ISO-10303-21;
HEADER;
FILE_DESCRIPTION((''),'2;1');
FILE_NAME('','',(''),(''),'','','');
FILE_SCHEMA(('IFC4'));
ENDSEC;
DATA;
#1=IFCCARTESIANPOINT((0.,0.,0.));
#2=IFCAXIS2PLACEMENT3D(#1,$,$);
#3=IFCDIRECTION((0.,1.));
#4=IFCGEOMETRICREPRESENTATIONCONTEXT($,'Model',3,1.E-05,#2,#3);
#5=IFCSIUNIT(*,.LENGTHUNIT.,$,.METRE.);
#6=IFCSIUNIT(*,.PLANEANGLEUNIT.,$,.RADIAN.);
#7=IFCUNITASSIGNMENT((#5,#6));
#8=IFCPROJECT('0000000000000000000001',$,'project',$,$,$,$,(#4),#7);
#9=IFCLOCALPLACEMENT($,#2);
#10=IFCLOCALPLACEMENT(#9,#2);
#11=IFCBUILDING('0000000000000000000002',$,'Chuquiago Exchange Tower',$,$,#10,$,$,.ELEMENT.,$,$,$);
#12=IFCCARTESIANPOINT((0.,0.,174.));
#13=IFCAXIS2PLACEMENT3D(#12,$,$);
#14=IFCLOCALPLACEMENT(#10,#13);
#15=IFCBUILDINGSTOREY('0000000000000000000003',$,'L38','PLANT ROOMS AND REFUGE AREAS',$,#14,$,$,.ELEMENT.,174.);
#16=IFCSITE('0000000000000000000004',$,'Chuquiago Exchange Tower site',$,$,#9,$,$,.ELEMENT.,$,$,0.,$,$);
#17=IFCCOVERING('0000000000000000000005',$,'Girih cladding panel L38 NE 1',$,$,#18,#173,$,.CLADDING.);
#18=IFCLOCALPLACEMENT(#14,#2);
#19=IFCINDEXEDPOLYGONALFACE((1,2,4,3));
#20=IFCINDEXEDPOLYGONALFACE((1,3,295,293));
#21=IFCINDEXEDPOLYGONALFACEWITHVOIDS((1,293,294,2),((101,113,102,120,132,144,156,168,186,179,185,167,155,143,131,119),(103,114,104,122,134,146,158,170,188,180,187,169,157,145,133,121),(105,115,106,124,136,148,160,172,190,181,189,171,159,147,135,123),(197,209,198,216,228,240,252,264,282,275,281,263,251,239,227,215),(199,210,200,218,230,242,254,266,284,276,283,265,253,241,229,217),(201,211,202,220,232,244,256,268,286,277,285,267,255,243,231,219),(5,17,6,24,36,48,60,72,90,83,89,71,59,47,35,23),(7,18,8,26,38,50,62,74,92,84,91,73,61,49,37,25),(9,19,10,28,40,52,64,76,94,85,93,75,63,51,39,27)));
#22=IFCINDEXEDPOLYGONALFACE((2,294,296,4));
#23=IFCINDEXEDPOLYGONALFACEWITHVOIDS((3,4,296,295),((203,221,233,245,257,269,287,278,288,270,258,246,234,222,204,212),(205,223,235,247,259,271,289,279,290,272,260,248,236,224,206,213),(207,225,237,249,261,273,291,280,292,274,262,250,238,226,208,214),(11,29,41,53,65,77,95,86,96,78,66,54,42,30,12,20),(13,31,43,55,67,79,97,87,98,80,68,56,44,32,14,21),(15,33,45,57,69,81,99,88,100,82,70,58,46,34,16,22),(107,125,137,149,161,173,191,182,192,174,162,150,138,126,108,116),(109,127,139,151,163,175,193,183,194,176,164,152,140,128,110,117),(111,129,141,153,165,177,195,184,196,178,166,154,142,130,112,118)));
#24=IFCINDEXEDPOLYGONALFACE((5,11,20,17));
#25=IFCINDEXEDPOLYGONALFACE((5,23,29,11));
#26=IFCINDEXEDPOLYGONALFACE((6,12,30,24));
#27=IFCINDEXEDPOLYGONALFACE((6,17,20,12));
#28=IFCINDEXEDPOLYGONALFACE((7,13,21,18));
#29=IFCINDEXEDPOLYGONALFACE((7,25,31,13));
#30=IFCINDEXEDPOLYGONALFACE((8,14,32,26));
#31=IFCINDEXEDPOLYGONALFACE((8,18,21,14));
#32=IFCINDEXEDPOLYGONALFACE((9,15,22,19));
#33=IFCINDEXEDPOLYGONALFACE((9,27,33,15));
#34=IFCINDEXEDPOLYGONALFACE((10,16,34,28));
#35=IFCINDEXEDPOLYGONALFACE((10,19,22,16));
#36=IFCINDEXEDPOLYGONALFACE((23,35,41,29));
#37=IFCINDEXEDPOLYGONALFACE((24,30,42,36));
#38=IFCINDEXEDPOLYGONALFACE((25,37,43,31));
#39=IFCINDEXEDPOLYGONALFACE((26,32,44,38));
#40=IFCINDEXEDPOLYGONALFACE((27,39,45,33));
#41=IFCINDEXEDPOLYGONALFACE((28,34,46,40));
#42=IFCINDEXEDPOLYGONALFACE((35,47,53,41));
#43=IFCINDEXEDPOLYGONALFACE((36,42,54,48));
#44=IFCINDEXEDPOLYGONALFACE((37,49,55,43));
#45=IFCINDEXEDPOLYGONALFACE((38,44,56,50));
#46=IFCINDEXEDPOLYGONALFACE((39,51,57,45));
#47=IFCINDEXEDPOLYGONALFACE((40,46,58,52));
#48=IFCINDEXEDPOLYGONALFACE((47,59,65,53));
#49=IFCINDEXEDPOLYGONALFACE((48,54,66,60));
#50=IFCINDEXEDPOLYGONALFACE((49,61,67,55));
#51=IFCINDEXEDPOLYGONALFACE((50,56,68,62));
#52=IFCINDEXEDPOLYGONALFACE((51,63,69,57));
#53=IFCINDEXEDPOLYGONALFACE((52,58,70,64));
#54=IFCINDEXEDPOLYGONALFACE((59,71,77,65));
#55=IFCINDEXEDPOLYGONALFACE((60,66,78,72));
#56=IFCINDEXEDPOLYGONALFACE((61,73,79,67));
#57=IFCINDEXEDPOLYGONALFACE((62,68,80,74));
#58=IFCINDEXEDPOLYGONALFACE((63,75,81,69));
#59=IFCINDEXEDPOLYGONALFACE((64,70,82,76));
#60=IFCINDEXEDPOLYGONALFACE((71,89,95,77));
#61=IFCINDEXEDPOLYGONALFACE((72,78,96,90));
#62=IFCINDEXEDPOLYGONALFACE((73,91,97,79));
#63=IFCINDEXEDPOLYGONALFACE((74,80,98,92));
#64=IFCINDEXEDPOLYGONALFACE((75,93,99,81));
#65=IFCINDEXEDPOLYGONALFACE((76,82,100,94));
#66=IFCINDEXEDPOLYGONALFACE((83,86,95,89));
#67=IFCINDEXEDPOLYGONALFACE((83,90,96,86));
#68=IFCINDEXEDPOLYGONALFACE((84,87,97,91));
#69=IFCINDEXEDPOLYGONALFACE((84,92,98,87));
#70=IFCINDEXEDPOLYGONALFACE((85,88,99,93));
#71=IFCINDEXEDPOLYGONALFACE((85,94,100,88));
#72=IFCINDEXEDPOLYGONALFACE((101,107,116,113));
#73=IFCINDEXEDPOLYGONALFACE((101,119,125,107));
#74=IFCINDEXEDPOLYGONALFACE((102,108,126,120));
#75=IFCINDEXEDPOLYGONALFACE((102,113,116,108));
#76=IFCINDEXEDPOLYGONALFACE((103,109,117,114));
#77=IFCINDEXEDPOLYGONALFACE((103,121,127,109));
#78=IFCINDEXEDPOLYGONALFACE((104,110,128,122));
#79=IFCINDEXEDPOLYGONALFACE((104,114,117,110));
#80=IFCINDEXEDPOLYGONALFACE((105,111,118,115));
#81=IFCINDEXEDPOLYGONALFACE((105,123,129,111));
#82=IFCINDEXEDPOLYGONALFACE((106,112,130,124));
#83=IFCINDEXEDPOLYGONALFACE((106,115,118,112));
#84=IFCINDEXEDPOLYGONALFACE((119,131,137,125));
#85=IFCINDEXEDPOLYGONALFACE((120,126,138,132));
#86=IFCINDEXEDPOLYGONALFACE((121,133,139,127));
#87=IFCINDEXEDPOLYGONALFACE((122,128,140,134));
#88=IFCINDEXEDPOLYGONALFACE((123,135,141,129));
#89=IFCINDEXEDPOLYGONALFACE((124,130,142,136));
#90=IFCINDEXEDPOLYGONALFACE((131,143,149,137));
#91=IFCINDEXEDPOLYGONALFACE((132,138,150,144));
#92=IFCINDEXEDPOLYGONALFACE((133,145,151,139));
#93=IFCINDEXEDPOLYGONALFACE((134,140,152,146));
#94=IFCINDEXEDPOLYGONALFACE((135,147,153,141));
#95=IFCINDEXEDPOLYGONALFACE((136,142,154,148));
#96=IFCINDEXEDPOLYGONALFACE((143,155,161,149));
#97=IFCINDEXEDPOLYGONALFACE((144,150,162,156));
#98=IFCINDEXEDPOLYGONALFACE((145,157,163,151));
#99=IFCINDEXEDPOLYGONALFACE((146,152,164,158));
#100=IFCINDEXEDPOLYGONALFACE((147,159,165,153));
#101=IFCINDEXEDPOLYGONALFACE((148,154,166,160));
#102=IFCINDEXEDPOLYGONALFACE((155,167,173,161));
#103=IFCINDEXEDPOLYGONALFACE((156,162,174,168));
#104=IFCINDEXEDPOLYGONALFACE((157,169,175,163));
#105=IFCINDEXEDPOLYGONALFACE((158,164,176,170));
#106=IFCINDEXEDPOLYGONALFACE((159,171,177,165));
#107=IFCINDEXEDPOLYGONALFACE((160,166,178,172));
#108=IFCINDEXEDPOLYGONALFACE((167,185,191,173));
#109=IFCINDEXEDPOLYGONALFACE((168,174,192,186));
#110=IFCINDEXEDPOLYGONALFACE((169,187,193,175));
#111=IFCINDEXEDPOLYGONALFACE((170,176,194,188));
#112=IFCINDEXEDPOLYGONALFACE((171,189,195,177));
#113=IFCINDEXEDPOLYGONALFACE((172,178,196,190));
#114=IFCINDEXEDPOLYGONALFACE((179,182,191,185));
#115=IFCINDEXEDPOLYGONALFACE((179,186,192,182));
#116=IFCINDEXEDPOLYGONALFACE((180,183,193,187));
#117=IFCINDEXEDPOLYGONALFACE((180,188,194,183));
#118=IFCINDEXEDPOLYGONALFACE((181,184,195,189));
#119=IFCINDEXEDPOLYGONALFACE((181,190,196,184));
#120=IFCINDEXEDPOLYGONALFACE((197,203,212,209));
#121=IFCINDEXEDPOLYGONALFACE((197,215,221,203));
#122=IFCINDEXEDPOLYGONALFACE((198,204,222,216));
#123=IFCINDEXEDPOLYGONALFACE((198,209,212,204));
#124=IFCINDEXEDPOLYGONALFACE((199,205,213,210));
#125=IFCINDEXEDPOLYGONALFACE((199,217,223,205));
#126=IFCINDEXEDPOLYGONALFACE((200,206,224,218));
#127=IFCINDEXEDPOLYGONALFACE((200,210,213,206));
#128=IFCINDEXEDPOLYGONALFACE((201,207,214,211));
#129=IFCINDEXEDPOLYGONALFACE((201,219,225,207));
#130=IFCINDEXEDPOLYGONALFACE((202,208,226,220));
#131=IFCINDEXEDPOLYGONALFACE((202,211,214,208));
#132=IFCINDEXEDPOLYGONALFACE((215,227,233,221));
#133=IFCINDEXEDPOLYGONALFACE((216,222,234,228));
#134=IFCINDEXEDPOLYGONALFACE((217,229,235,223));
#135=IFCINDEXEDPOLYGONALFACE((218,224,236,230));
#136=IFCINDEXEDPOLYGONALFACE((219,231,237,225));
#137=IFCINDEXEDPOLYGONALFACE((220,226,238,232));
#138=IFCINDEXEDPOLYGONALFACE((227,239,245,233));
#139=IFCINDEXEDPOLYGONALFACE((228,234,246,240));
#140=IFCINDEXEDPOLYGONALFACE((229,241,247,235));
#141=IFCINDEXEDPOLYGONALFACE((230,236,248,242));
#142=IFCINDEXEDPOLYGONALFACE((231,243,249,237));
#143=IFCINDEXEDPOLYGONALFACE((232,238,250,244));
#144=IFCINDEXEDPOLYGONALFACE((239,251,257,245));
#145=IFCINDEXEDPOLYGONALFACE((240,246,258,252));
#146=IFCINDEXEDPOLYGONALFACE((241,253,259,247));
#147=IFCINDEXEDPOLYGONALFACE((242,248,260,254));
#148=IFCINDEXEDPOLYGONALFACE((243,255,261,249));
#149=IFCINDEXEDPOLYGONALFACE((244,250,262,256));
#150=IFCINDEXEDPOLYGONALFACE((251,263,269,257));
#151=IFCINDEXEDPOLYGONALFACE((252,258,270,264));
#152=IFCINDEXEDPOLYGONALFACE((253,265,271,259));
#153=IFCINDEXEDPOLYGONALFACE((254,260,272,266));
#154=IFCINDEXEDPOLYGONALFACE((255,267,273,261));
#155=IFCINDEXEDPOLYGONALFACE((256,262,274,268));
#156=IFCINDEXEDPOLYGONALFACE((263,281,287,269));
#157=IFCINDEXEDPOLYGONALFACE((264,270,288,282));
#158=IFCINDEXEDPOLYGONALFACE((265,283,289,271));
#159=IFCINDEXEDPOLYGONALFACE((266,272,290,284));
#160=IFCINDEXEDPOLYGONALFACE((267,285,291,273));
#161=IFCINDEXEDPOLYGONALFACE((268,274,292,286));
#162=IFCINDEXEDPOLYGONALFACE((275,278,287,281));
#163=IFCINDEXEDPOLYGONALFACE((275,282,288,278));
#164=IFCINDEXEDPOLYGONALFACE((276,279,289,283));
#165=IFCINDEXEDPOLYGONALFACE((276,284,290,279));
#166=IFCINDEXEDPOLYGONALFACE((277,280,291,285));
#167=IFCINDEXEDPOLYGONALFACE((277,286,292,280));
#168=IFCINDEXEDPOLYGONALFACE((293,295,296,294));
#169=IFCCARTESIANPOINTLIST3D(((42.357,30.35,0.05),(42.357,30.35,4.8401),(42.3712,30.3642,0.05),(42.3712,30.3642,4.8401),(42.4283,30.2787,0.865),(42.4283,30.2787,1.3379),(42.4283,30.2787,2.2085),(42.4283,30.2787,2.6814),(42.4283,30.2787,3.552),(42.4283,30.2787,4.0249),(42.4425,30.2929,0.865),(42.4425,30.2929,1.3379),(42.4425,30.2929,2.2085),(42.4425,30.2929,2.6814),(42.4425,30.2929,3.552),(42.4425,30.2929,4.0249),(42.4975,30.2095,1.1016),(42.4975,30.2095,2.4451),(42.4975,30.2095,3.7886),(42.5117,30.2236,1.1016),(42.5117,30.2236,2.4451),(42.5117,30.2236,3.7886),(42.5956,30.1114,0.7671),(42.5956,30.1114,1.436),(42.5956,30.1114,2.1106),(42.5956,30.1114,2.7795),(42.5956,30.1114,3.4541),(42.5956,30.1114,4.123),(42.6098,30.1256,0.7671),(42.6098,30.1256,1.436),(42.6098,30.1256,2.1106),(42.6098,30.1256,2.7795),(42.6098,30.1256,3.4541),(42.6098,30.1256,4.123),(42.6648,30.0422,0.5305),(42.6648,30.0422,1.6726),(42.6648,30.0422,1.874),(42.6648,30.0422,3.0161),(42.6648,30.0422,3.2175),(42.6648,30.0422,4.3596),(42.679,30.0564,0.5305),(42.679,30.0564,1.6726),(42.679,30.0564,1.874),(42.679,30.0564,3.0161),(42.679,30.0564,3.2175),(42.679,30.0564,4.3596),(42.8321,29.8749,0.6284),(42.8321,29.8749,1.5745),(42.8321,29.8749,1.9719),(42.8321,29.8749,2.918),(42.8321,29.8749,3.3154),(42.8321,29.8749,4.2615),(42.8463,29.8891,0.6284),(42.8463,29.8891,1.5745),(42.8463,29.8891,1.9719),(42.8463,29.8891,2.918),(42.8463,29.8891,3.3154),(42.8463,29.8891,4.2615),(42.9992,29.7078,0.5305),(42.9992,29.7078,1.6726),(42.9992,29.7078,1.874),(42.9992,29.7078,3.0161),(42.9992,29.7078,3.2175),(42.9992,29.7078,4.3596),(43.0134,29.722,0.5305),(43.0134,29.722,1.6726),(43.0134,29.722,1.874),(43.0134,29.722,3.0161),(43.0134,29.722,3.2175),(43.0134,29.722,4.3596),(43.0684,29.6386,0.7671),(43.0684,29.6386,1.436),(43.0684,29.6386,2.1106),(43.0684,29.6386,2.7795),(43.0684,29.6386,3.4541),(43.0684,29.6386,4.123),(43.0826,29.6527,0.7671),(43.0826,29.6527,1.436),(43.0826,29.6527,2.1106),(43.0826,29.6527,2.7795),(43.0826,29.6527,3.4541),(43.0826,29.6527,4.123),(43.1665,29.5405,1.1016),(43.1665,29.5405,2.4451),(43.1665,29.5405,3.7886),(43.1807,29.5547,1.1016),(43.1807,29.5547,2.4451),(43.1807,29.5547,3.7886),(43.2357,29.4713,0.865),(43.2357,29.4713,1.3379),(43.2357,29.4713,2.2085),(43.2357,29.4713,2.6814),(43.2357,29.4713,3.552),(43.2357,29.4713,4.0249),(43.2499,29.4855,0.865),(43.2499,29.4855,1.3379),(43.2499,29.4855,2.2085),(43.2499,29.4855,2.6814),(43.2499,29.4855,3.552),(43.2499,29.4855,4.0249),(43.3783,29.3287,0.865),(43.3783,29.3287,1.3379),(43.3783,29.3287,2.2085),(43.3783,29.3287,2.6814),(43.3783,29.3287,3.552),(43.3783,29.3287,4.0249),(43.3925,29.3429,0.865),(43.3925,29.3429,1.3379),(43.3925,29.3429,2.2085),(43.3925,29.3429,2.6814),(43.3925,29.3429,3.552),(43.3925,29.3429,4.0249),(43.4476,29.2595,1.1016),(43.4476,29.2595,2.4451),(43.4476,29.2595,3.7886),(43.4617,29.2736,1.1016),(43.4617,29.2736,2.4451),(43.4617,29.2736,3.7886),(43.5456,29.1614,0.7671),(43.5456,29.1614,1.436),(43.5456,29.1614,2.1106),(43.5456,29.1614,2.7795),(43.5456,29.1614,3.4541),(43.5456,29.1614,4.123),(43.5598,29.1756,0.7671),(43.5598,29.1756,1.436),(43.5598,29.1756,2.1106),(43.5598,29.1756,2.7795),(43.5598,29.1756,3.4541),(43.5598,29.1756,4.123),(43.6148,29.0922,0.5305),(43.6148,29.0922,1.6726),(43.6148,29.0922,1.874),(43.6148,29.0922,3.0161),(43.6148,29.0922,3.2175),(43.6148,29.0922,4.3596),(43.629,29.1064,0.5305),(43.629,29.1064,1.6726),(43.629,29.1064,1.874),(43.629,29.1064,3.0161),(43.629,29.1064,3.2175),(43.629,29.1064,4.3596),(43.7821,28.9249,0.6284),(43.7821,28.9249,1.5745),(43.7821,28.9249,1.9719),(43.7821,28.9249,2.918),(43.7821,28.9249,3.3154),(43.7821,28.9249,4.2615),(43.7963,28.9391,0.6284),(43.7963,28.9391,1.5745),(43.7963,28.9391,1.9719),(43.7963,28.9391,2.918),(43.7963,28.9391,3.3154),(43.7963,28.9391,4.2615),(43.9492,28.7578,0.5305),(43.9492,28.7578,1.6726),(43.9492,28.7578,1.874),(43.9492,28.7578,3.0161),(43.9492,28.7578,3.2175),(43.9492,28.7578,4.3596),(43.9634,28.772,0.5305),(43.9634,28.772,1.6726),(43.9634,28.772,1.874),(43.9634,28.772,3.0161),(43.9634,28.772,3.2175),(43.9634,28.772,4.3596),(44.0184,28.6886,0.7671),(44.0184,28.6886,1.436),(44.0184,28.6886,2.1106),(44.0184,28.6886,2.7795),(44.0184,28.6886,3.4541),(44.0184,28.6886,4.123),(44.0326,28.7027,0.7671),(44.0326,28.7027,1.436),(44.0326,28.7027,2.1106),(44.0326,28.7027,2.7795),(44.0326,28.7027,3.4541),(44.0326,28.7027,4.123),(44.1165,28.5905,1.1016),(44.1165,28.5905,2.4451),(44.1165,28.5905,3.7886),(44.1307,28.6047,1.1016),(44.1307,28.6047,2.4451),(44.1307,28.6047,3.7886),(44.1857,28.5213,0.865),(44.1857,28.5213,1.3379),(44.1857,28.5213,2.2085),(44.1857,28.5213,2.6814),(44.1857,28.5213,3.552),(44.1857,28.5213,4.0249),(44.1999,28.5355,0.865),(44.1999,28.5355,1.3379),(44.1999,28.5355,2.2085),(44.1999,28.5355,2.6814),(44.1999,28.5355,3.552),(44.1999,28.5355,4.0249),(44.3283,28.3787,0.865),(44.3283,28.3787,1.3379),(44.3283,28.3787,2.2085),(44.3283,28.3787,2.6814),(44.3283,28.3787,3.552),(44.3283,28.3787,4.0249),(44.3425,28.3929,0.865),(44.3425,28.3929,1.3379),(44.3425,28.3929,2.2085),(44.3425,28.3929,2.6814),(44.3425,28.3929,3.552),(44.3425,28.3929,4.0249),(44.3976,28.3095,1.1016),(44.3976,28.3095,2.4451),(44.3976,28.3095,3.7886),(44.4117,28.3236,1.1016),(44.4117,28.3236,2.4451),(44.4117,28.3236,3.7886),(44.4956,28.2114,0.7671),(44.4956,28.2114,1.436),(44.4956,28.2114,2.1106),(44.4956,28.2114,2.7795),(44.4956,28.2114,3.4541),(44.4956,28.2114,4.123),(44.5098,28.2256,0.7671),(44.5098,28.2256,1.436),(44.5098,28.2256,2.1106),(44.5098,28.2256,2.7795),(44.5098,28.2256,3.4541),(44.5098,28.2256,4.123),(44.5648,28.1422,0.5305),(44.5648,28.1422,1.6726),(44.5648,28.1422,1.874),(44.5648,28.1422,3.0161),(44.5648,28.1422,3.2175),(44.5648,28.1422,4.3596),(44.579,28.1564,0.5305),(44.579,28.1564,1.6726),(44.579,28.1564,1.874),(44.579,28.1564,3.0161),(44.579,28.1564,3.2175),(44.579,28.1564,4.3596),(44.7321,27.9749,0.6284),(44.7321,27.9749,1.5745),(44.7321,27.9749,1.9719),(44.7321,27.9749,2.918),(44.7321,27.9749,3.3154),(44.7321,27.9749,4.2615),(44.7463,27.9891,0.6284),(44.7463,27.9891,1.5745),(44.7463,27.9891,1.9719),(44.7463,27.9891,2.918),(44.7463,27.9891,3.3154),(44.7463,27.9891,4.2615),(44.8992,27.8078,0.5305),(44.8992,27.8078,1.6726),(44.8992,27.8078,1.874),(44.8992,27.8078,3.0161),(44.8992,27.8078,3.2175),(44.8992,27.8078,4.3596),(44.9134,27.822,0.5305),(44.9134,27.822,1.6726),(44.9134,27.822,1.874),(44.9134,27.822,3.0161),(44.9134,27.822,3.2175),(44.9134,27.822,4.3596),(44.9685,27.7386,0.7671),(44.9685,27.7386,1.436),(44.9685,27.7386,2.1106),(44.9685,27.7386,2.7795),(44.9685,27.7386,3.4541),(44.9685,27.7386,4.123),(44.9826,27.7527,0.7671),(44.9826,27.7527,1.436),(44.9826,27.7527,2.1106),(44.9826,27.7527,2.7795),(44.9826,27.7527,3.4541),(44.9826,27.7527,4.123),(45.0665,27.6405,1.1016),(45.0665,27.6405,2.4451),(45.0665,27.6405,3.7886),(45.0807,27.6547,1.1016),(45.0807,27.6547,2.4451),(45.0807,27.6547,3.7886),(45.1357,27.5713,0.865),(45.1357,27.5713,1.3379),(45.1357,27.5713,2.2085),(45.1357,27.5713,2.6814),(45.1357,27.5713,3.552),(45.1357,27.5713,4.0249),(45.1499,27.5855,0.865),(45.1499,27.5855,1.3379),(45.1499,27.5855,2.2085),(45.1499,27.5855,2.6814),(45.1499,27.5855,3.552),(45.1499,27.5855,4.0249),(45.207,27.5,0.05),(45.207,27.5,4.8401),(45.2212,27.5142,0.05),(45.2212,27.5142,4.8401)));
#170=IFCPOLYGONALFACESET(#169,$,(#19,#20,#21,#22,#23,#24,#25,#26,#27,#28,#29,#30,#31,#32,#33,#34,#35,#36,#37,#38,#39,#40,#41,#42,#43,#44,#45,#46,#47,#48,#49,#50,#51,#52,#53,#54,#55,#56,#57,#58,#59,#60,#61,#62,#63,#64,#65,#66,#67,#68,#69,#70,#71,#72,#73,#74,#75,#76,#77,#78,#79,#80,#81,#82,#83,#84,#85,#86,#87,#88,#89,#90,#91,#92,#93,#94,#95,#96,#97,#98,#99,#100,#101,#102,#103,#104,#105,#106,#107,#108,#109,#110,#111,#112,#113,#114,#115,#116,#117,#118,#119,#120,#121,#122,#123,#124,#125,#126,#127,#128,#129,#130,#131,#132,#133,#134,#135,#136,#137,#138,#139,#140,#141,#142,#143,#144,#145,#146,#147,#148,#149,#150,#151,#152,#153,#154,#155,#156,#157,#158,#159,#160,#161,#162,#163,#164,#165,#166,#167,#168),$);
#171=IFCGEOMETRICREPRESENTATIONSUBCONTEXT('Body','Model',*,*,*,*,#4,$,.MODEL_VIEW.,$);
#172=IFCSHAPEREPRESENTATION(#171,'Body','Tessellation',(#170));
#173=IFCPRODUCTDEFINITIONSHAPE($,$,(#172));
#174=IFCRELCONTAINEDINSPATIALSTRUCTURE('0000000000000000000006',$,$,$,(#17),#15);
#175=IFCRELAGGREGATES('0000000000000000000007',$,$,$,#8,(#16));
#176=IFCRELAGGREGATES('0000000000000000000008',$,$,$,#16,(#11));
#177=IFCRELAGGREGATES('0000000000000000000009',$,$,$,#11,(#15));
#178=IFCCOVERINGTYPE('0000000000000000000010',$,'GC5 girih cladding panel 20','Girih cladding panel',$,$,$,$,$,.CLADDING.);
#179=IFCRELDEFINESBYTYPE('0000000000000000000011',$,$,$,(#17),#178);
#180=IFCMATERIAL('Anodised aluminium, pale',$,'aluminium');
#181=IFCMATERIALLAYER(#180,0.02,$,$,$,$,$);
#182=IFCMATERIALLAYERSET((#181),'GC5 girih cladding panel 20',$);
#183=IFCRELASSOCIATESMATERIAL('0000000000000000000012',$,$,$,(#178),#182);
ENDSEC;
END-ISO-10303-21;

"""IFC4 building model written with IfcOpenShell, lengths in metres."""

from ifc_helpers import new_model, si_unit, direction, frame, origin, place, context, subcontext, project, spatial, polyline, outline, extrude, material, layer, layer_set, type_object, element, save


model = new_model("IFC4")

# Units and contexts
model_context = context("Model", 3, precision=1e-05, world=origin(), true_north=direction((0.0, 1.0)))
body_context = subcontext(model_context, "Body", "Model", "MODEL_VIEW")
ifc_project = project(units=[si_unit("LENGTHUNIT", "METRE"), si_unit("PLANEANGLEUNIT", "RADIAN")], contexts=[model_context])

# Site, building, storey
site_placement = place(None, origin())
site = spatial("IfcSite", under=ifc_project, at=site_placement, Name="Chuquiago Exchange Tower site", CompositionType="ELEMENT", RefElevation=0.0)
building_placement = place(site_placement, origin())
building = spatial("IfcBuilding", under=site, at=building_placement, Name="Chuquiago Exchange Tower", CompositionType="ELEMENT")
storey_placement = place(building_placement, frame((0.0, 0.0, 174.0)))
storey = spatial("IfcBuildingStorey", under=building, at=storey_placement, Name="L38", Description="PLANT ROOMS AND REFUGE AREAS", CompositionType="ELEMENT", Elevation=174.0)

# Covering
ifc_material_1 = material(Name="Anodised aluminium, pale", Category="aluminium")
ifc_layer_1 = layer(ifc_material_1, 0.02)
ifc_layer_set_1 = layer_set([ifc_layer_1], Name="GC5 girih cladding panel 20")
covering_type_1 = type_object("IfcCoveringType", Name="GC5 girih cladding panel 20", Description="Girih cladding panel", PredefinedType="CLADDING", material=ifc_layer_set_1)
covering_1_placement = place(storey_placement, frame((45.207, 27.5, 0.05), z_axis=(0.0, 0.0, 1.0), x_axis=(-0.707107, 0.707107, 0.0)))
element("IfcCovering", 1, at=covering_1_placement, inside=storey, type_object=covering_type_1, Name="Girih cladding panel L38 NE 1", PredefinedType="CLADDING", context=body_context, shape_type="SweptSolid", body=[
    extrude(outline(polyline([(0.0, 0.0), (4.0305, 0.0), (4.0305, 4.79), (0.0, 4.79), (0.0, 0.0)]), holes=[polyline([(1.1448, 1.0515), (1.2427, 1.2878), (1.0061, 1.386), (0.9082, 1.6226), (0.6716, 1.5244), (0.4353, 1.6226), (0.3374, 1.386), (0.1008, 1.2878), (0.1987, 1.0515), (0.1008, 0.8149), (0.3374, 0.717), (0.4353, 0.4805), (0.6716, 0.5784), (0.9082, 0.4805), (1.0061, 0.717), (1.2427, 0.8149), (1.1448, 1.0515)]), polyline([(2.4883, 1.0515), (2.5862, 1.2878), (2.3496, 1.386), (2.2517, 1.6226), (2.0151, 1.5244), (1.7788, 1.6226), (1.6809, 1.386), (1.4443, 1.2878), (1.5422, 1.0515), (1.4443, 0.8149), (1.6809, 0.717), (1.7788, 0.4805), (2.0151, 0.5784), (2.2517, 0.4805), (2.3496, 0.717), (2.5862, 0.8149), (2.4883, 1.0515)]), polyline([(3.8318, 1.0515), (3.9297, 1.2878), (3.6931, 1.386), (3.5952, 1.6226), (3.3586, 1.5244), (3.1223, 1.6226), (3.0244, 1.386), (2.7878, 1.2878), (2.8857, 1.0515), (2.7878, 0.8149), (3.0244, 0.717), (3.1223, 0.4805), (3.3586, 0.5784), (3.5952, 0.4805), (3.6931, 0.717), (3.9297, 0.8149), (3.8318, 1.0515)]), polyline([(1.1448, 2.395), (1.2427, 2.6313), (1.0061, 2.7295), (0.9082, 2.9661), (0.6716, 2.8679), (0.4353, 2.9661), (0.3374, 2.7295), (0.1008, 2.6313), (0.1987, 2.395), (0.1008, 2.1584), (0.3374, 2.0605), (0.4353, 1.824), (0.6716, 1.9219), (0.9082, 1.824), (1.0061, 2.0605), (1.2427, 2.1584), (1.1448, 2.395)]), polyline([(2.4883, 2.395), (2.5862, 2.6313), (2.3496, 2.7295), (2.2517, 2.9661), (2.0151, 2.8679), (1.7788, 2.9661), (1.6809, 2.7295), (1.4443, 2.6313), (1.5422, 2.395), (1.4443, 2.1584), (1.6809, 2.0605), (1.7788, 1.824), (2.0151, 1.9219), (2.2517, 1.824), (2.3496, 2.0605), (2.5862, 2.1584), (2.4883, 2.395)]), polyline([(3.8318, 2.395), (3.9297, 2.6313), (3.6931, 2.7295), (3.5952, 2.9661), (3.3586, 2.8679), (3.1223, 2.9661), (3.0244, 2.7295), (2.7878, 2.6313), (2.8857, 2.395), (2.7878, 2.1584), (3.0244, 2.0605), (3.1223, 1.824), (3.3586, 1.9219), (3.5952, 1.824), (3.6931, 2.0605), (3.9297, 2.1584), (3.8318, 2.395)]), polyline([(1.1448, 3.7385), (1.2427, 3.9749), (1.0061, 4.073), (0.9082, 4.3096), (0.6716, 4.2114), (0.4353, 4.3096), (0.3374, 4.073), (0.1008, 3.9749), (0.1987, 3.7385), (0.1008, 3.502), (0.3374, 3.4041), (0.4353, 3.1675), (0.6716, 3.2654), (0.9082, 3.1675), (1.0061, 3.4041), (1.2427, 3.502), (1.1448, 3.7385)]), polyline([(2.4883, 3.7385), (2.5862, 3.9749), (2.3496, 4.073), (2.2517, 4.3096), (2.0151, 4.2114), (1.7788, 4.3096), (1.6809, 4.073), (1.4443, 3.9749), (1.5422, 3.7385), (1.4443, 3.502), (1.6809, 3.4041), (1.7788, 3.1675), (2.0151, 3.2654), (2.2517, 3.1675), (2.3496, 3.4041), (2.5862, 3.502), (2.4883, 3.7385)]), polyline([(3.8318, 3.7385), (3.9297, 3.9749), (3.6931, 4.073), (3.5952, 4.3096), (3.3586, 4.2114), (3.1223, 4.3096), (3.0244, 4.073), (2.7878, 3.9749), (2.8857, 3.7385), (2.7878, 3.502), (3.0244, 3.4041), (3.1223, 3.1675), (3.3586, 3.2654), (3.5952, 3.1675), (3.6931, 3.4041), (3.9297, 3.502), (3.8318, 3.7385)])]), frame((0.0, 0.0, 0.0), z_axis=(0.0, -1.0, 0.0), x_axis=(1.0, 0.0, 0.0)), (0.0, 0.0, 1.0), 0.02),
])

save(model, "model.ifc")
